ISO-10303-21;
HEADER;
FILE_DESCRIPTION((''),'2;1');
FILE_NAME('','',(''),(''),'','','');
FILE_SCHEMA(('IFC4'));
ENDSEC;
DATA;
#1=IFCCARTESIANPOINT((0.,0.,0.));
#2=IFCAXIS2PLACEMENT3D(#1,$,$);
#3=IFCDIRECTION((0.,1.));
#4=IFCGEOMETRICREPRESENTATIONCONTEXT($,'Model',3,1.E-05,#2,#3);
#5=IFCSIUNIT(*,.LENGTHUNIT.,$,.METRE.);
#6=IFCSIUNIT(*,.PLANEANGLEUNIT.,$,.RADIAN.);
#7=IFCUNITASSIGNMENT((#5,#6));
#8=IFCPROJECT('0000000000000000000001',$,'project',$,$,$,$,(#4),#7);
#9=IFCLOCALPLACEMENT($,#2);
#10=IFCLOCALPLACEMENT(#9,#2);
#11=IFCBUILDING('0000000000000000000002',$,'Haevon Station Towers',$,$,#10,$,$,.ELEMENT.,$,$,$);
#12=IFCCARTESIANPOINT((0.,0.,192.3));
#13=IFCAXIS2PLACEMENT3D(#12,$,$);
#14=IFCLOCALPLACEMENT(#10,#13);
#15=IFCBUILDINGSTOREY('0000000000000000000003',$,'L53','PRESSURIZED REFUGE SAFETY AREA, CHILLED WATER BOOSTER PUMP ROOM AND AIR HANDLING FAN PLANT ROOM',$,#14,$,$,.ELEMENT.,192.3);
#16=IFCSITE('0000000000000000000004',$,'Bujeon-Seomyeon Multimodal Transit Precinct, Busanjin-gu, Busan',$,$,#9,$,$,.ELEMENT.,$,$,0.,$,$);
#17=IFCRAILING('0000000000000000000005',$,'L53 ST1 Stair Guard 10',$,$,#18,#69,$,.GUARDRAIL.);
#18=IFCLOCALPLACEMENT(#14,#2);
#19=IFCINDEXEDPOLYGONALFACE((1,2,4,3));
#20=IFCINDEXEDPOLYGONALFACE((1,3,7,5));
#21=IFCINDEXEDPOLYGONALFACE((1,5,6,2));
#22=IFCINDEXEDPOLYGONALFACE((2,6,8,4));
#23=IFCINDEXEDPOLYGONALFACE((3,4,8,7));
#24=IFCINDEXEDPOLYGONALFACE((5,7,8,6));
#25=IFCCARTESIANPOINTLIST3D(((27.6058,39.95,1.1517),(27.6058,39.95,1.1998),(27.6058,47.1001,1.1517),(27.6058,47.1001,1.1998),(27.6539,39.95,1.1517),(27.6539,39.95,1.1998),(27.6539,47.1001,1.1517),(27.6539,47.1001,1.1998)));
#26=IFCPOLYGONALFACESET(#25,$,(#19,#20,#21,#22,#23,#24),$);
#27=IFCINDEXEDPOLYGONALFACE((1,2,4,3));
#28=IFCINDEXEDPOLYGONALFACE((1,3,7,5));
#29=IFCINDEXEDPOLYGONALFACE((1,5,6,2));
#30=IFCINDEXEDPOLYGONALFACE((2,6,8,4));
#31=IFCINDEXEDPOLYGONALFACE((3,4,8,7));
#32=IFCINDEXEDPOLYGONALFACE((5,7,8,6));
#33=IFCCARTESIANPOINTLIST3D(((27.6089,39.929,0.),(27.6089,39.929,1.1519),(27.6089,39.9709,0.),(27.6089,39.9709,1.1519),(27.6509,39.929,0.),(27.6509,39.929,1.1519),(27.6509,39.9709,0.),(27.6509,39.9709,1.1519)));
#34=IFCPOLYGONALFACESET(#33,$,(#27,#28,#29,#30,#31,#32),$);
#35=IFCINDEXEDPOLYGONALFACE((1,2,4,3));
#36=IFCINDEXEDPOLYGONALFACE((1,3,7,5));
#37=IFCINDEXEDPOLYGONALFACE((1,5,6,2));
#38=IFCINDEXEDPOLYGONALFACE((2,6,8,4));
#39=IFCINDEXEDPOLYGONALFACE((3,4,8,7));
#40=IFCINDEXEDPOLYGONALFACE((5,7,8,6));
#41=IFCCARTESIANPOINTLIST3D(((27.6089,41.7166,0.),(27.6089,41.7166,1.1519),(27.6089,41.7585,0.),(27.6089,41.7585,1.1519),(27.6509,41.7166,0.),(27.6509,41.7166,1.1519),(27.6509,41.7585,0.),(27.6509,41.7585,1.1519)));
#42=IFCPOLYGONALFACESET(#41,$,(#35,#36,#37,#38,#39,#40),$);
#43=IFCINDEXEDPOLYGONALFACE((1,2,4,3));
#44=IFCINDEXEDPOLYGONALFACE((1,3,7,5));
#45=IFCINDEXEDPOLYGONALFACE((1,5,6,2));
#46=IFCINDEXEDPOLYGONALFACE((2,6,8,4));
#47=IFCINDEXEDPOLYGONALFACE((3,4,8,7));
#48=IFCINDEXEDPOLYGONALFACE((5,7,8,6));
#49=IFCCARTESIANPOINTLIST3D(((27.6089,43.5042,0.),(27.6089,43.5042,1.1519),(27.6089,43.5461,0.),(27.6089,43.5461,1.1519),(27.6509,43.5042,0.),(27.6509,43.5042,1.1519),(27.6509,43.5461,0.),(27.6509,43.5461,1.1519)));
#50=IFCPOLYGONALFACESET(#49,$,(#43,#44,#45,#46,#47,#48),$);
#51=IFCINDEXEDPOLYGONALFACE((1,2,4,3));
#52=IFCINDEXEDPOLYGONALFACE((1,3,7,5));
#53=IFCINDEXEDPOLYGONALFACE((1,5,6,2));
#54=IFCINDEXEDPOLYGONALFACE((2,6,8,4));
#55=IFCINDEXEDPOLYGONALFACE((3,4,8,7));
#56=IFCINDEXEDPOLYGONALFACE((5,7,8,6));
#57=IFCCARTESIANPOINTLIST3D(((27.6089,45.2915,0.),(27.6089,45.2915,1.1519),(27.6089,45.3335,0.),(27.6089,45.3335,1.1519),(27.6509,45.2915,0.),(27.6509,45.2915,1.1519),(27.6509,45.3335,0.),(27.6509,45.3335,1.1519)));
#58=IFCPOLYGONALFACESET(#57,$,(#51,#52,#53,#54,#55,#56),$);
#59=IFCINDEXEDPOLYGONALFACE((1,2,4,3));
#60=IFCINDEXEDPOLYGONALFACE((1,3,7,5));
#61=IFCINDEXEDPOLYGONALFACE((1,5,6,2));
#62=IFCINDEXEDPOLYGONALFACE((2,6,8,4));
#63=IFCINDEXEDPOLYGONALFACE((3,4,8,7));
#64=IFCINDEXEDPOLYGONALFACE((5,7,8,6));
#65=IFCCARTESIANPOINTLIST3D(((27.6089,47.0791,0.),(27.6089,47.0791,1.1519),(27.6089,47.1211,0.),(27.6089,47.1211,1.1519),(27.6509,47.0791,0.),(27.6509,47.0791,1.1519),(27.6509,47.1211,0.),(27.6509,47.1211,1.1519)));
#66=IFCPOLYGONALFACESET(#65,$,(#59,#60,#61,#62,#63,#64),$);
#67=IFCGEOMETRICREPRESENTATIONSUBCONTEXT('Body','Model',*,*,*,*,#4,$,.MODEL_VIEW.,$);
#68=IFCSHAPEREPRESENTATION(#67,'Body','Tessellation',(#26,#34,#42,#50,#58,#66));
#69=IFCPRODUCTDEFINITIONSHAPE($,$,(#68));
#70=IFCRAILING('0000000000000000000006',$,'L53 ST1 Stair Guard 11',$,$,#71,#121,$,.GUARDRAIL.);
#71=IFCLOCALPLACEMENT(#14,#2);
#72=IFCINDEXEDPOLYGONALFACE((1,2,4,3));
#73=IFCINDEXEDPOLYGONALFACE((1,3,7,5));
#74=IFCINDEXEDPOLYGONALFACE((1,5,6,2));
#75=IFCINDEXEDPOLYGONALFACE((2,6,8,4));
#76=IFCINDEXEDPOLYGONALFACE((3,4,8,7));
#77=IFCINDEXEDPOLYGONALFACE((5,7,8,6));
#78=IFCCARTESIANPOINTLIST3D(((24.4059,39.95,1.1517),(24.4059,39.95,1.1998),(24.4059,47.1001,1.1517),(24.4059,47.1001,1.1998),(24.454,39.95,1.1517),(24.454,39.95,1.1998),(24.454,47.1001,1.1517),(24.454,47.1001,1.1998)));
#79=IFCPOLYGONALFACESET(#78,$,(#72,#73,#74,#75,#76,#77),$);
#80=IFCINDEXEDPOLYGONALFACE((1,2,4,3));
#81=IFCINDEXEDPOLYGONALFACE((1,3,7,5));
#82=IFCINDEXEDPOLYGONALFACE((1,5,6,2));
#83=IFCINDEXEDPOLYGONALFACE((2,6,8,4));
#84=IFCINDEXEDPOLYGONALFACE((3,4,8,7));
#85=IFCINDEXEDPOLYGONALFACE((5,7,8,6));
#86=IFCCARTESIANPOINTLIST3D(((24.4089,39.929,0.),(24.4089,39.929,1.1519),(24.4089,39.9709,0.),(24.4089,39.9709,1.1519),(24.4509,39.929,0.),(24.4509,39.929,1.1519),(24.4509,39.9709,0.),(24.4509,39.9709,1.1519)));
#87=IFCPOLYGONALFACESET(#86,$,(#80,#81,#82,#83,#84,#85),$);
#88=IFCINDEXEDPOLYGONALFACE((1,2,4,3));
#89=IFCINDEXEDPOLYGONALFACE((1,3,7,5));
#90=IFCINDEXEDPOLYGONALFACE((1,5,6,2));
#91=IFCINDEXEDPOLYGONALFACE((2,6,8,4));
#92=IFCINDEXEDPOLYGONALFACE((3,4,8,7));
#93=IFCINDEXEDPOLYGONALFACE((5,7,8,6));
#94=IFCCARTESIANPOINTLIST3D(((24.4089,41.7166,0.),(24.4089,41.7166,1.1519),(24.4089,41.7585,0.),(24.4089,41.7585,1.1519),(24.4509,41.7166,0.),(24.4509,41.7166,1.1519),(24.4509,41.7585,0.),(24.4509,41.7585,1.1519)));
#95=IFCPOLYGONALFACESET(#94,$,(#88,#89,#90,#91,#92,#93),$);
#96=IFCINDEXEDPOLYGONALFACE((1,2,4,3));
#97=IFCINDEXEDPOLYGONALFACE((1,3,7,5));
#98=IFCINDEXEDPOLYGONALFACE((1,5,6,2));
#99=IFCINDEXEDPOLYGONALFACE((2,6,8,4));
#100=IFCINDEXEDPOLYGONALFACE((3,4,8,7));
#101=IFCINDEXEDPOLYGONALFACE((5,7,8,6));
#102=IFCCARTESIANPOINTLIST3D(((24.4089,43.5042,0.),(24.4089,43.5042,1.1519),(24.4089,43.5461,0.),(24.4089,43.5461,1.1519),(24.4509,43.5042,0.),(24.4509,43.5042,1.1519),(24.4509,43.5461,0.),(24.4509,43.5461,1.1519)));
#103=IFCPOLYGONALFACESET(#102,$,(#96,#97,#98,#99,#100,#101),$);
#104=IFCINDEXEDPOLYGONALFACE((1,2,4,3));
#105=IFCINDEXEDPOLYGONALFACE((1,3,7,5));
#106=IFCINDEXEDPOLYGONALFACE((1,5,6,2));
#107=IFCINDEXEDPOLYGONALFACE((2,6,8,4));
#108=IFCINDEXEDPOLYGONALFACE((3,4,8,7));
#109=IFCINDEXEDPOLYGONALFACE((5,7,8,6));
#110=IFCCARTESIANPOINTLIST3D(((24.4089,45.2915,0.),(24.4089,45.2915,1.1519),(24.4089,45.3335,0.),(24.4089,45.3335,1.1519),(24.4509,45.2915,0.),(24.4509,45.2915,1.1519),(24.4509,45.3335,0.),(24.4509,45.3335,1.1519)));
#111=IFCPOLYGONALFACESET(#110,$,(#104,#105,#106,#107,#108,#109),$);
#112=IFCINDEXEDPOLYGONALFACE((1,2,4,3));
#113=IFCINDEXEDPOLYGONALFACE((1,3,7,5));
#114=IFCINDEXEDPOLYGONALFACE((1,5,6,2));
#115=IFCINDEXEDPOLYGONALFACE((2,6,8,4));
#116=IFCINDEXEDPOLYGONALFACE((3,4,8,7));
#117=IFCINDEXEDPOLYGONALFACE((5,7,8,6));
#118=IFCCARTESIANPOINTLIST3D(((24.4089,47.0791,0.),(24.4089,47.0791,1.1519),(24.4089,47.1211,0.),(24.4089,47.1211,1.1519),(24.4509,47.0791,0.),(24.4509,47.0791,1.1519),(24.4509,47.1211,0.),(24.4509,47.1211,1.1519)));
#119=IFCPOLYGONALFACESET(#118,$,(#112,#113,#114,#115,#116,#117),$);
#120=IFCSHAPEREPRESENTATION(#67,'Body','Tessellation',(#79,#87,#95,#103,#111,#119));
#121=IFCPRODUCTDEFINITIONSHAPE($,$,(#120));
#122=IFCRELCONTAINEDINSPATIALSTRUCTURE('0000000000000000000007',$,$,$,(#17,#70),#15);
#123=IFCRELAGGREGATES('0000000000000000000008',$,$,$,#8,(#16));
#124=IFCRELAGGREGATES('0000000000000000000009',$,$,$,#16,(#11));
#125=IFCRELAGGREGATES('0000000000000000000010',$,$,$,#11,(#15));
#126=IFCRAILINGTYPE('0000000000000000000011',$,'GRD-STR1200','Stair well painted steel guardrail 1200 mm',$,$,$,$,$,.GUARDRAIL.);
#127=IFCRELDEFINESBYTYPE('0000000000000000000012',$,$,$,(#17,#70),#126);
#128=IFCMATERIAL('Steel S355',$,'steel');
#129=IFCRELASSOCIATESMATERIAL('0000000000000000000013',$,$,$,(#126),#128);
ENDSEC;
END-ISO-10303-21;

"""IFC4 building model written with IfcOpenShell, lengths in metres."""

from ifc_helpers import new_model, si_unit, direction, frame, origin, origin_2d, place, context, subcontext, project, spatial, rectangle, extrude, material, type_object, element, save


model = new_model("IFC4")

# Units and contexts
model_context = context("Model", 3, precision=1e-05, world=origin(), true_north=direction((0.0, 1.0)))
body_context = subcontext(model_context, "Body", "Model", "MODEL_VIEW")
ifc_project = project(units=[si_unit("LENGTHUNIT", "METRE"), si_unit("PLANEANGLEUNIT", "RADIAN")], contexts=[model_context])

# Site, building, storey
site_placement = place(None, origin())
site = spatial("IfcSite", under=ifc_project, at=site_placement, Name="Bujeon-Seomyeon Multimodal Transit Precinct, Busanjin-gu, Busan", CompositionType="ELEMENT", RefElevation=0.0)
building_placement = place(site_placement, origin())
building = spatial("IfcBuilding", under=site, at=building_placement, Name="Haevon Station Towers", CompositionType="ELEMENT")
storey_placement = place(building_placement, frame((0.0, 0.0, 192.3)))
storey = spatial("IfcBuildingStorey", under=building, at=storey_placement, Name="L53", Description="PRESSURIZED REFUGE SAFETY AREA, CHILLED WATER BOOSTER PUMP ROOM AND AIR HANDLING FAN PLANT ROOM", CompositionType="ELEMENT", Elevation=192.3)

# Shared definitions
ifc_material_1 = material(Name="Steel S355", Category="steel")

# Railings
railing_type = type_object("IfcRailingType", Name="GRD-STR1200", Description="Stair well painted steel guardrail 1200 mm", PredefinedType="GUARDRAIL", material=ifc_material_1)
for number, where, name in (
    (1, (27.6299, 39.95, 0.0), "L53 ST1 Stair Guard 10"),
    (2, (24.4299, 39.95, 0.0), "L53 ST1 Stair Guard 11"),
):
    element("IfcRailing", number, at=place(storey_placement, frame(where)), inside=storey, type_object=railing_type, Name=name, PredefinedType="GUARDRAIL", context=body_context, shape_type="SweptSolid", body=[
        extrude(rectangle(XDim=0.0481, YDim=0.0481, at=origin_2d()), frame((0.0, 0.0, 1.1758), z_axis=(0.0, 1.0, 0.0), x_axis=(-1.0, 0.0, 0.0)), (0.0, 0.0, 1.0), 7.1501),
        extrude(rectangle(XDim=0.042, YDim=0.042, at=origin_2d()), origin(), (0.0, 0.0, 1.0), 1.1519),
        extrude(rectangle(XDim=0.042, YDim=0.042, at=origin_2d()), frame((0.0, 1.7876, 0.0)), (0.0, 0.0, 1.0), 1.1519),
        extrude(rectangle(XDim=0.042, YDim=0.042, at=origin_2d()), frame((0.0, 3.5752, 0.0)), (0.0, 0.0, 1.0), 1.1519),
        extrude(rectangle(XDim=0.042, YDim=0.042, at=origin_2d()), frame((0.0, 5.3625, 0.0)), (0.0, 0.0, 1.0), 1.1519),
        extrude(rectangle(XDim=0.042, YDim=0.042, at=origin_2d()), frame((0.0, 7.1501, 0.0)), (0.0, 0.0, 1.0), 1.1519),
    ])

save(model, "model.ifc")
